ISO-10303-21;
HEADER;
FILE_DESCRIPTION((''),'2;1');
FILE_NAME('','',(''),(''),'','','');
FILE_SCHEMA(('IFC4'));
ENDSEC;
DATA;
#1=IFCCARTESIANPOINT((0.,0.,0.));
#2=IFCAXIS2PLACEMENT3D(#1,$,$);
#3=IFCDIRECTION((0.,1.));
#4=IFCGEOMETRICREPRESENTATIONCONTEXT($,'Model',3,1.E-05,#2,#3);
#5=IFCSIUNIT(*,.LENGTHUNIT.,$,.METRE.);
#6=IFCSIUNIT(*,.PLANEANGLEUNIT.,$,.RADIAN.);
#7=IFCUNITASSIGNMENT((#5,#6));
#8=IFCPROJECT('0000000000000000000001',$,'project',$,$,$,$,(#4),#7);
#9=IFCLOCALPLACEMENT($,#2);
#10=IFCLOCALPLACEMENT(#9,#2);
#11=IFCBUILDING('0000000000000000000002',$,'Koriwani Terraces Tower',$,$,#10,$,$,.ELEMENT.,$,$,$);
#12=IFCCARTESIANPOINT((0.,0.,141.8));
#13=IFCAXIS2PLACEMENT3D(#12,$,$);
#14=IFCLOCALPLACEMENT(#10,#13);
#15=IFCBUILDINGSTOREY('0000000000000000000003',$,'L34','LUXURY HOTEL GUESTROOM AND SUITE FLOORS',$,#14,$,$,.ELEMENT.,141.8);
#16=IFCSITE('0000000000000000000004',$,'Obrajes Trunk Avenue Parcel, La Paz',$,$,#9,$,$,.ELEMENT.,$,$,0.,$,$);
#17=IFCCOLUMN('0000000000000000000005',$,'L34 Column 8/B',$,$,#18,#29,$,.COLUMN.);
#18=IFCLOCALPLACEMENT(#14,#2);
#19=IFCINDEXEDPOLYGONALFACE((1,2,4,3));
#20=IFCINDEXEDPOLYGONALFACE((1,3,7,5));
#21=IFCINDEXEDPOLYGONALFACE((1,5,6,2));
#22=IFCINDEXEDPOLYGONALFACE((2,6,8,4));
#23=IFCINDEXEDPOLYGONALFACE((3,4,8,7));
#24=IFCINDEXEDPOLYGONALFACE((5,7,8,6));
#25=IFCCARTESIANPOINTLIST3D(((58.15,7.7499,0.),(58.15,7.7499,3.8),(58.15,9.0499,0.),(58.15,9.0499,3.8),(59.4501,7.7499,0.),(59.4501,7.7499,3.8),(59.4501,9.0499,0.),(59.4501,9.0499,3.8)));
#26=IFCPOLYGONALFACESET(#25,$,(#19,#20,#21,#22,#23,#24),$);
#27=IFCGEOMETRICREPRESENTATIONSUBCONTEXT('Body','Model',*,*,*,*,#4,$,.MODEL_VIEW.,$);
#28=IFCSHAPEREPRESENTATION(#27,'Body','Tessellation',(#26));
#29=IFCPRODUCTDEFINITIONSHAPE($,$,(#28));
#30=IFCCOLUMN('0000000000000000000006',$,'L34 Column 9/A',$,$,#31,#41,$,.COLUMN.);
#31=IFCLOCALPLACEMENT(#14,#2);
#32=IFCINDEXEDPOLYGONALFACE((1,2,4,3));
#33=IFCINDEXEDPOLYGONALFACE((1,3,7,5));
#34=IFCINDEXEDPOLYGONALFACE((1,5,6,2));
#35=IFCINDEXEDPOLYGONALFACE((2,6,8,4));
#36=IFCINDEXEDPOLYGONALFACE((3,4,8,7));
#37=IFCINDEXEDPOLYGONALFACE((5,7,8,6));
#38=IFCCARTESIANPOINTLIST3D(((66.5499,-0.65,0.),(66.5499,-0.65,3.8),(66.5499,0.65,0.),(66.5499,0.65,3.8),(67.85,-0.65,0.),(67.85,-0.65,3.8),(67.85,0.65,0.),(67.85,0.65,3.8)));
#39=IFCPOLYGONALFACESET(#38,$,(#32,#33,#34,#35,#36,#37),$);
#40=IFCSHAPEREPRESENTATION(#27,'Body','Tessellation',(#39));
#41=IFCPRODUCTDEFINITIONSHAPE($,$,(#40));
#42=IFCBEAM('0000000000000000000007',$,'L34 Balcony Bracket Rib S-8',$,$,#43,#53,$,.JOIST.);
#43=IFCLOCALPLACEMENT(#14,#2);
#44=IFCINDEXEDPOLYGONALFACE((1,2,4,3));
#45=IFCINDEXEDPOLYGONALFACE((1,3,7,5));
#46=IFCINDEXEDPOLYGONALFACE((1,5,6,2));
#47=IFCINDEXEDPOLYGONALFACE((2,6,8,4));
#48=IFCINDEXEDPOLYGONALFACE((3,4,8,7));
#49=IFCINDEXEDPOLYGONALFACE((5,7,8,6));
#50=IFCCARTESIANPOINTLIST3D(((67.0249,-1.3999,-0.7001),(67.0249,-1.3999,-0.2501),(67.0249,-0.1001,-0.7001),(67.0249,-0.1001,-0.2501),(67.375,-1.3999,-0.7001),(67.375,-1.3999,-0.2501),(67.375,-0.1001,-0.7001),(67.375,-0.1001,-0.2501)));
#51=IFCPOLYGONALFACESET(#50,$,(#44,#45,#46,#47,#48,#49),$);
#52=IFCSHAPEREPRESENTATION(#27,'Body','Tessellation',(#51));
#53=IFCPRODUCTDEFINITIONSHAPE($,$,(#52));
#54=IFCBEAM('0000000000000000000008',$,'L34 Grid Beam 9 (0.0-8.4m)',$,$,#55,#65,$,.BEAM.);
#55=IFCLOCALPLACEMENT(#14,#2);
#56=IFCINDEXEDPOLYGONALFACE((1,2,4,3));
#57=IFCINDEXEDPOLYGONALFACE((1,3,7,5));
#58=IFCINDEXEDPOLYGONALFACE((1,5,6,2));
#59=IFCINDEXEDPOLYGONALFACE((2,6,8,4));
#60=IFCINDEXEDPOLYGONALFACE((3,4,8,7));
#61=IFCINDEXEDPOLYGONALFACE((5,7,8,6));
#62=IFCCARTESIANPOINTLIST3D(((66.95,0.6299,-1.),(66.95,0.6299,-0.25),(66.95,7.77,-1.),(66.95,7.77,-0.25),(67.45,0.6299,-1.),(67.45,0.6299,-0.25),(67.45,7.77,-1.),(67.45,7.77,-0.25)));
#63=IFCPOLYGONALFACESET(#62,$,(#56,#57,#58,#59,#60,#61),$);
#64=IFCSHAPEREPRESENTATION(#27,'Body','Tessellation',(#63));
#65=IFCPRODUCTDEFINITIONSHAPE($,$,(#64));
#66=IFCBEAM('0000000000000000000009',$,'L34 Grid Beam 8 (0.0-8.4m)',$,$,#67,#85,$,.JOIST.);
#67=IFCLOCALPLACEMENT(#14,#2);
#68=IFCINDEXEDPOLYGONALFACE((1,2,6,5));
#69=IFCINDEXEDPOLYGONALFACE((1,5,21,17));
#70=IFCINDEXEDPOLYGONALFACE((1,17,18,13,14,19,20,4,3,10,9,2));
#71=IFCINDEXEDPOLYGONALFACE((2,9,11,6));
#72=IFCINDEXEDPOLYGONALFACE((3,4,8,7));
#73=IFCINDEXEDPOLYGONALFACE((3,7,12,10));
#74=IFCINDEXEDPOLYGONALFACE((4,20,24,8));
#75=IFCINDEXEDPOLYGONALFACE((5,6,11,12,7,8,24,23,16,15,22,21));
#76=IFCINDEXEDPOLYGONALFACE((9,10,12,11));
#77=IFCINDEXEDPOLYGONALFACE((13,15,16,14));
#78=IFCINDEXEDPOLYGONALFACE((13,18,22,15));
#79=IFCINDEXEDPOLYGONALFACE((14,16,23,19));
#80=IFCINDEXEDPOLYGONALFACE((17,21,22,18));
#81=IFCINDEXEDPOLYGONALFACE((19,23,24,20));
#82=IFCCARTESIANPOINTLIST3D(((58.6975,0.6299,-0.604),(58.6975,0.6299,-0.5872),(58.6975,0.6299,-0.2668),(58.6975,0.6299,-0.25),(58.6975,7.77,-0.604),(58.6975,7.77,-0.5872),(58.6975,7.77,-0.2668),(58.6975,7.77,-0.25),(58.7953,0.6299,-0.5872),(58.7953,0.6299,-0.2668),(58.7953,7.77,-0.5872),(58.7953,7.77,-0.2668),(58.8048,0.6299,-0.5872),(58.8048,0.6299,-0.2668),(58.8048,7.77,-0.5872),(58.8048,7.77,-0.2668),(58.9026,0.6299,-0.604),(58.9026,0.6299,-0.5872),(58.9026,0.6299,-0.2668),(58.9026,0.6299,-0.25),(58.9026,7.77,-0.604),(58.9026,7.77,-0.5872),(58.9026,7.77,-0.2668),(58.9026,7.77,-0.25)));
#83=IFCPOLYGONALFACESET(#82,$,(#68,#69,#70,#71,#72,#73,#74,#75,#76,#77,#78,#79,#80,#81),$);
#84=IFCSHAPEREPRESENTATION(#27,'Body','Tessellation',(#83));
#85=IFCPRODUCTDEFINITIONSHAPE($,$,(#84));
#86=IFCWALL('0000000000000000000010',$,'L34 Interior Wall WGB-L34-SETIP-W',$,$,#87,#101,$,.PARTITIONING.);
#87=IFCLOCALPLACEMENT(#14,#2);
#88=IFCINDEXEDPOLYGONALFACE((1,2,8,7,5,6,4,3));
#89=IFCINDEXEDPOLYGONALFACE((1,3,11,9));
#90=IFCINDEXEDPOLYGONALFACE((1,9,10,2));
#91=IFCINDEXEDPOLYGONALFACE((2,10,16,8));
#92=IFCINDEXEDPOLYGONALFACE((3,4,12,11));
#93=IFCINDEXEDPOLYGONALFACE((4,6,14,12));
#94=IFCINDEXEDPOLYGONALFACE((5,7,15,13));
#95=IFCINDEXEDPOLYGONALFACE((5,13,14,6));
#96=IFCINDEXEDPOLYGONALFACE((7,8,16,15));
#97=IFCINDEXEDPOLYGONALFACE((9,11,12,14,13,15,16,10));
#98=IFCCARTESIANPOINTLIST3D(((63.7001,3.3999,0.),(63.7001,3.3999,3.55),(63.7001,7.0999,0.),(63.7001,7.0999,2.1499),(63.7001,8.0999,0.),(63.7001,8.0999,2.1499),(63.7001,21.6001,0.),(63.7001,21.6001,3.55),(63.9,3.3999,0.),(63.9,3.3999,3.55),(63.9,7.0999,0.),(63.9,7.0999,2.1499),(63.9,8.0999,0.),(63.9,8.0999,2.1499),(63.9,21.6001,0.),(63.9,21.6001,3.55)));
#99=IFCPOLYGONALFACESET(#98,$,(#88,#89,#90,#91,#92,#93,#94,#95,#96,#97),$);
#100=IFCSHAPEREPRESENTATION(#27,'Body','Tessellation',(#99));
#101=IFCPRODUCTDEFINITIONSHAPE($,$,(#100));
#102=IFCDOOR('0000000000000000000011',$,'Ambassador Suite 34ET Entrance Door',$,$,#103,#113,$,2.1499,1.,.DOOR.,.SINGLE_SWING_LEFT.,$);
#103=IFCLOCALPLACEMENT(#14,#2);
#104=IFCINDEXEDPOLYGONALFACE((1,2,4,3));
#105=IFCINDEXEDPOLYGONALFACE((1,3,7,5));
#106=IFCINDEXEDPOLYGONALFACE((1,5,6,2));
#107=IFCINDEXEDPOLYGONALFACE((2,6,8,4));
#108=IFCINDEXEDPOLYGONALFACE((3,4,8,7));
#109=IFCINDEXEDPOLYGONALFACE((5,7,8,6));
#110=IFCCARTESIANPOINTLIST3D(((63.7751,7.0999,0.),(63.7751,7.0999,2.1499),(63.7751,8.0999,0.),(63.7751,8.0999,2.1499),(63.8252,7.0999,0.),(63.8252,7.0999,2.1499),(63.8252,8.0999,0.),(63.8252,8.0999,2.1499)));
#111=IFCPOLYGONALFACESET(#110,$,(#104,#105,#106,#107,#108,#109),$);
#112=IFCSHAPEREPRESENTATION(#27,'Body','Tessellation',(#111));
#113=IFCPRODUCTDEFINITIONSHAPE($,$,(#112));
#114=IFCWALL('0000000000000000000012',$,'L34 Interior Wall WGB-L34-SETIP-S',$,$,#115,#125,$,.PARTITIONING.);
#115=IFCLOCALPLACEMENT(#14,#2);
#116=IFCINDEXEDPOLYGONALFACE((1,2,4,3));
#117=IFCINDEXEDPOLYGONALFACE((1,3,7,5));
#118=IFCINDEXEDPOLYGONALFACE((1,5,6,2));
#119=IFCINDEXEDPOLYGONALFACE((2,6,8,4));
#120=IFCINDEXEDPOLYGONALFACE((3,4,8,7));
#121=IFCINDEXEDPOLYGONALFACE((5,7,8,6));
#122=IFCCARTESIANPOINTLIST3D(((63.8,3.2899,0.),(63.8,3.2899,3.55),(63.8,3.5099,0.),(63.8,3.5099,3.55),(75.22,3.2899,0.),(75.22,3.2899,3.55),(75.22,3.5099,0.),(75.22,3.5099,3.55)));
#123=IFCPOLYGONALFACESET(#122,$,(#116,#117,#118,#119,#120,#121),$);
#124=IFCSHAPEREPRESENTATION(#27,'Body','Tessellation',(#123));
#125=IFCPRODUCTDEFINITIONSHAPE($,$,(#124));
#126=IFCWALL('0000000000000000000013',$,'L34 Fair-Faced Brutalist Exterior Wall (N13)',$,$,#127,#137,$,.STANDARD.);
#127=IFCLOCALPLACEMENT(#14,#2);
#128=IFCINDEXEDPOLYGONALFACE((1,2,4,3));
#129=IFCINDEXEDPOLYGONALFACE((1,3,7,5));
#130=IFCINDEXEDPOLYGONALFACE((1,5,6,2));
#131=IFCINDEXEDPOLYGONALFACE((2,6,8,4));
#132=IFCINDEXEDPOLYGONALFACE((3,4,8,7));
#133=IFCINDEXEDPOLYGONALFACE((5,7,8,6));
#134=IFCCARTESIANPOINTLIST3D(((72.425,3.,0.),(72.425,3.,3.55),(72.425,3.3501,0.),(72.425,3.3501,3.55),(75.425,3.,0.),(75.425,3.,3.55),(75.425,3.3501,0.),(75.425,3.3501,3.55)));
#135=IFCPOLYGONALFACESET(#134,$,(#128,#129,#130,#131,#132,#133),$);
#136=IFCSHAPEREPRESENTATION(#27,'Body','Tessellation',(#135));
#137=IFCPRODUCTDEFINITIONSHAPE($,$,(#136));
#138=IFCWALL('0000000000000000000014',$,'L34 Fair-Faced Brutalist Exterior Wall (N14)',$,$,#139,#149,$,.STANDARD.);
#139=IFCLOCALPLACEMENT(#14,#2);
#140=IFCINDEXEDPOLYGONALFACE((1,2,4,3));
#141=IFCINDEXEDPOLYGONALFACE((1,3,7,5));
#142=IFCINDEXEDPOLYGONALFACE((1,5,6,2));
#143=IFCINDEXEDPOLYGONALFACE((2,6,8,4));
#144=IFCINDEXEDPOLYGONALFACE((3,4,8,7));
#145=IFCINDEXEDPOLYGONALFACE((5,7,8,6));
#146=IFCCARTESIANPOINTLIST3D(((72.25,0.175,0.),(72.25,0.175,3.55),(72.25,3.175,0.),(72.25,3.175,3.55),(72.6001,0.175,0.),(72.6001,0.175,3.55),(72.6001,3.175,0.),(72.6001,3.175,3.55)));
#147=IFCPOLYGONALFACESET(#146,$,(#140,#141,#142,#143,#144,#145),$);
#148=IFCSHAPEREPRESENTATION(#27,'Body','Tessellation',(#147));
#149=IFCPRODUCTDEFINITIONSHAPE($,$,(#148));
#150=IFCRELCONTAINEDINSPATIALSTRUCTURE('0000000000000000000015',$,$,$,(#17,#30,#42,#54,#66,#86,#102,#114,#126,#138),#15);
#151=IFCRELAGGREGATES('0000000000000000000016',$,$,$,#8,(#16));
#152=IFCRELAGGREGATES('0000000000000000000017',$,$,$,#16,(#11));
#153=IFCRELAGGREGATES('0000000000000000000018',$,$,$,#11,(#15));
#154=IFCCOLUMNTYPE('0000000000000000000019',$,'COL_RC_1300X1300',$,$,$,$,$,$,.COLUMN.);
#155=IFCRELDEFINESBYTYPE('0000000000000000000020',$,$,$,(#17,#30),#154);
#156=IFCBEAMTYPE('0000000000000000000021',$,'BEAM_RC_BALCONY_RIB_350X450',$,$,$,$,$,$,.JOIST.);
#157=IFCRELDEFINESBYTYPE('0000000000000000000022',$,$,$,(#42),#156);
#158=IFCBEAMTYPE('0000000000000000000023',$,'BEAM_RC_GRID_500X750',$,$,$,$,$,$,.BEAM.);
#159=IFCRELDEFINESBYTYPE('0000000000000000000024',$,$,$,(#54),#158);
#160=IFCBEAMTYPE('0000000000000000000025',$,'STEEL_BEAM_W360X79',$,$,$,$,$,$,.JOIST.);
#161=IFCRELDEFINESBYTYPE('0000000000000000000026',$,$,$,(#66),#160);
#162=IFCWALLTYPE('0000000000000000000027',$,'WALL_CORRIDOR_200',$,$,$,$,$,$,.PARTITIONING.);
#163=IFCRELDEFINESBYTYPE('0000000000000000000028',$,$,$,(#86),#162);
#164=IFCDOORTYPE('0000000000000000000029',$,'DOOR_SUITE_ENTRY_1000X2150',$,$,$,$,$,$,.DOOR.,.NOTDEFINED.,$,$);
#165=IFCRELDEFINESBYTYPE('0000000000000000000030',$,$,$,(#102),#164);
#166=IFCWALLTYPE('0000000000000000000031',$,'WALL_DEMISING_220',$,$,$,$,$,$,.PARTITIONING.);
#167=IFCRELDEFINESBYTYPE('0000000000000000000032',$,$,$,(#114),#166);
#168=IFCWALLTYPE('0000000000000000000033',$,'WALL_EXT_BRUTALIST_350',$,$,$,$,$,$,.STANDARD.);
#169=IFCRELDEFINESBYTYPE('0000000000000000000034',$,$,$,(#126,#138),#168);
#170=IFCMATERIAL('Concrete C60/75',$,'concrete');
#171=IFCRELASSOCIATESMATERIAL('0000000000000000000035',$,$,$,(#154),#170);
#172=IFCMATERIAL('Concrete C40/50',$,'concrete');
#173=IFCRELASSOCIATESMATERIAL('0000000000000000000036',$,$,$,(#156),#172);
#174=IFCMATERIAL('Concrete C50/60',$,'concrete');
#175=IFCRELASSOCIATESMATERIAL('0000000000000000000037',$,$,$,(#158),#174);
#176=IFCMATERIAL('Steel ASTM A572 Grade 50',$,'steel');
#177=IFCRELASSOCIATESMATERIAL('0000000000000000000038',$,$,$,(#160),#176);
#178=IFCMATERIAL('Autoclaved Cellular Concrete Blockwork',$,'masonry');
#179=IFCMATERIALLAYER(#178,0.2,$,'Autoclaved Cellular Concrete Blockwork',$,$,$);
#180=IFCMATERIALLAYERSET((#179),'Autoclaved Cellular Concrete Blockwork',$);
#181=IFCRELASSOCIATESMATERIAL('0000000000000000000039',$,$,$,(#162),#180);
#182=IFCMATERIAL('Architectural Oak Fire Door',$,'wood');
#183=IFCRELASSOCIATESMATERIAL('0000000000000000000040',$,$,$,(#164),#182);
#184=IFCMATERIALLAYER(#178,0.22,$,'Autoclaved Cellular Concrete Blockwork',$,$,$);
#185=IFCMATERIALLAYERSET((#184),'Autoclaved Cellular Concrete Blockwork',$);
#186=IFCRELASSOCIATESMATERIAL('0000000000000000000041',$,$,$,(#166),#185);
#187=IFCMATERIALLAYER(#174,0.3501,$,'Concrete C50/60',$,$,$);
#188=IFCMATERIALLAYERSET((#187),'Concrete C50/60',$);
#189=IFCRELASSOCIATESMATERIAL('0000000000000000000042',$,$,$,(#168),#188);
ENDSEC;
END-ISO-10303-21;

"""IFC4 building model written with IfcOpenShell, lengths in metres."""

from ifc_helpers import new_model, si_unit, direction, frame, frame_2d, origin, origin_2d, place, context, subcontext, project, spatial, rectangle, i_section, extrude, material, layer, layer_set, material_profile, profile_set, type_object, element, fill, save


model = new_model("IFC4")

# Units and contexts
model_context = context("Model", 3, precision=1e-05, world=origin(), true_north=direction((0.0, 1.0)))
body_context = subcontext(model_context, "Body", "Model", "MODEL_VIEW")
ifc_project = project(units=[si_unit("LENGTHUNIT", "METRE"), si_unit("PLANEANGLEUNIT", "RADIAN")], contexts=[model_context])

# Site, building, storey
site_placement = place(None, origin())
site = spatial("IfcSite", under=ifc_project, at=site_placement, Name="Obrajes Trunk Avenue Parcel, La Paz", CompositionType="ELEMENT", RefElevation=0.0)
building_placement = place(site_placement, origin())
building = spatial("IfcBuilding", under=site, at=building_placement, Name="Koriwani Terraces Tower", CompositionType="ELEMENT")
storey_placement = place(building_placement, frame((0.0, 0.0, 141.8)))
storey = spatial("IfcBuildingStorey", under=building, at=storey_placement, Name="L34", Description="LUXURY HOTEL GUESTROOM AND SUITE FLOORS", CompositionType="ELEMENT", Elevation=141.8)

# Columns
ifc_material_1 = material(Name="Concrete C60/75", Category="concrete")
ifc_material_profile_1 = material_profile(ifc_material_1, rectangle(XDim=1.3, YDim=1.3, at=origin_2d()), Name="Concrete C60/75", Category="LoadBearing")
ifc_profile_set_1 = profile_set([ifc_material_profile_1], Name="Concrete C60/75")
column_type = type_object("IfcColumnType", Name="COL_RC_1300X1300", PredefinedType="COLUMN", material=ifc_profile_set_1)
for number, where, z_axis, x_axis, name in (
    (1, (58.8, 8.3999, 0.0), (0.0, 0.0, 1.0), (1.0, 0.0, 0.0), "L34 Column 8/B"),
    (2, (67.2, 0.0, 0.0), (0.0, 0.0, 1.0), (1.0, 0.0, 0.0), "L34 Column 9/A"),
):
    element("IfcColumn", number, at=place(storey_placement, frame(where, z_axis=z_axis, x_axis=x_axis)), inside=storey, type_object=column_type, Name=name, PredefinedType="COLUMN", context=body_context, shape_type="SweptSolid", body=[
        extrude(rectangle(XDim=1.3, YDim=1.3, at=origin_2d()), origin(), (0.0, 0.0, 1.0), 3.8),
    ])

# Beams
ifc_material_2 = material(Name="Concrete C40/50", Category="concrete")
ifc_material_profile_2 = material_profile(ifc_material_2, rectangle(XDim=0.3501, YDim=0.45, at=origin_2d()), Name="Concrete C40/50", Category="LoadBearing")
ifc_profile_set_2 = profile_set([ifc_material_profile_2], Name="Concrete C40/50")
beam_type_1 = type_object("IfcBeamType", Name="BEAM_RC_BALCONY_RIB_350X450", PredefinedType="JOIST", material=ifc_profile_set_2)
beam_1_placement = place(storey_placement, frame((67.2, -1.3999, -0.4751), z_axis=(0.0, 1.0, 0.0), x_axis=(-1.0, 0.0, 0.0)))
element("IfcBeam", 3, at=beam_1_placement, inside=storey, type_object=beam_type_1, Name="L34 Balcony Bracket Rib S-8", PredefinedType="JOIST", context=body_context, shape_type="SweptSolid", body=[
    extrude(rectangle(XDim=0.3501, YDim=0.45, at=origin_2d()), origin(), (0.0, 0.0, 1.0), 1.2998),
])
ifc_material_3 = material(Name="Concrete C50/60", Category="concrete")
ifc_material_profile_3 = material_profile(ifc_material_3, rectangle(XDim=0.5, YDim=0.75, at=origin_2d()), Name="Concrete C50/60", Category="LoadBearing")
ifc_profile_set_3 = profile_set([ifc_material_profile_3], Name="Concrete C50/60")
beam_type_2 = type_object("IfcBeamType", Name="BEAM_RC_GRID_500X750", PredefinedType="BEAM", material=ifc_profile_set_3)
beam_2_placement = place(storey_placement, frame((67.2, 0.6299, -0.625), z_axis=(0.0, 1.0, 0.0), x_axis=(-1.0, 0.0, 0.0)))
element("IfcBeam", 4, at=beam_2_placement, inside=storey, type_object=beam_type_2, Name="L34 Grid Beam 9 (0.0-8.4m)", PredefinedType="BEAM", context=body_context, shape_type="SweptSolid", body=[
    extrude(rectangle(XDim=0.5, YDim=0.75, at=origin_2d()), origin(), (0.0, 0.0, 1.0), 7.1401),
])
ifc_material_4 = material(Name="Steel ASTM A572 Grade 50", Category="steel")
ifc_material_profile_4 = material_profile(ifc_material_4, i_section(OverallWidth=0.2051, OverallDepth=0.354, WebThickness=0.0095, FlangeThickness=0.0168, at=origin_2d()), Name="Steel ASTM A572 Grade 50", Category="LoadBearing")
ifc_profile_set_4 = profile_set([ifc_material_profile_4], Name="Steel ASTM A572 Grade 50")
beam_type_3 = type_object("IfcBeamType", Name="STEEL_BEAM_W360X79", PredefinedType="JOIST", material=ifc_profile_set_4)
beam_3_placement = place(storey_placement, frame((58.8, 0.6299, -0.427), z_axis=(0.0, 1.0, 0.0), x_axis=(-1.0, 0.0, 0.0)))
element("IfcBeam", 5, at=beam_3_placement, inside=storey, type_object=beam_type_3, Name="L34 Grid Beam 8 (0.0-8.4m)", PredefinedType="JOIST", context=body_context, shape_type="SweptSolid", body=[
    extrude(i_section(OverallWidth=0.2051, OverallDepth=0.354, WebThickness=0.0095, FlangeThickness=0.0168, at=origin_2d()), origin(), (0.0, 0.0, 1.0), 7.1401),
])

# Wall, opening, door
ifc_material_5 = material(Name="Autoclaved Cellular Concrete Blockwork", Category="masonry")
ifc_layer_1 = layer(ifc_material_5, 0.2, Name="Autoclaved Cellular Concrete Blockwork")
ifc_layer_set_1 = layer_set([ifc_layer_1], Name="Autoclaved Cellular Concrete Blockwork")
wall_type_1 = type_object("IfcWallType", Name="WALL_CORRIDOR_200", PredefinedType="PARTITIONING", material=ifc_layer_set_1)
wall_1_placement = place(storey_placement, frame((63.8, 3.3999, 0.0), z_axis=(0.0, 0.0, 1.0), x_axis=(0.0, 1.0, 0.0)))
wall_1 = element("IfcWall", 6, at=wall_1_placement, inside=storey, type_object=wall_type_1, Name="L34 Interior Wall WGB-L34-SETIP-W", PredefinedType="PARTITIONING", context=body_context, shape_type="SweptSolid", body=[
    extrude(rectangle(XDim=18.2002, YDim=0.2, at=frame_2d((9.1001, 0.0))), origin(), (0.0, 0.0, 1.0), 3.55),
])
opening_1_placement = place(wall_1_placement, frame((3.7, 0.0, 0.0)))
opening_1 = element("IfcOpeningElement", 7, at=opening_1_placement, cuts=wall_1, PredefinedType="OPENING", context=body_context, shape_type="SweptSolid", body=[
    extrude(rectangle(XDim=1.0, YDim=2.1499, at=frame_2d((0.5, 1.075))), frame((0.0, 0.1099, 0.0), z_axis=(0.0, -1.0, 0.0), x_axis=(1.0, 0.0, 0.0)), (0.0, 0.0, 1.0), 0.22),
])
ifc_material_6 = material(Name="Architectural Oak Fire Door", Category="wood")
door_type_1 = type_object("IfcDoorType", Name="DOOR_SUITE_ENTRY_1000X2150", OperationType="NOTDEFINED", PredefinedType="DOOR", material=ifc_material_6)
door_1_placement = place(opening_1_placement, origin())
door_1 = element("IfcDoor", 8, at=door_1_placement, inside=storey, type_object=door_type_1, Name="Ambassador Suite 34ET Entrance Door", OperationType="SINGLE_SWING_LEFT", OverallHeight=2.1499, OverallWidth=1.0, PredefinedType="DOOR", context=body_context, shape_type="SweptSolid", body=[
    extrude(rectangle(XDim=1.0, YDim=2.1499, at=frame_2d((0.5, 1.075))), frame((0.0, 0.0249, 0.0), z_axis=(0.0, -1.0, 0.0), x_axis=(1.0, 0.0, 0.0)), (0.0, 0.0, 1.0), 0.05),
])
fill(opening_1, door_1)

# Walls
ifc_layer_2 = layer(ifc_material_5, 0.22, Name="Autoclaved Cellular Concrete Blockwork")
ifc_layer_set_2 = layer_set([ifc_layer_2], Name="Autoclaved Cellular Concrete Blockwork")
wall_type_2 = type_object("IfcWallType", Name="WALL_DEMISING_220", PredefinedType="PARTITIONING", material=ifc_layer_set_2)
wall_2_placement = place(storey_placement, frame((63.8, 3.3999, 0.0), z_axis=(0.0, 0.0, 1.0), x_axis=(1.0, 0.0, 0.0)))
element("IfcWall", 9, at=wall_2_placement, inside=storey, type_object=wall_type_2, Name="L34 Interior Wall WGB-L34-SETIP-S", PredefinedType="PARTITIONING", context=body_context, shape_type="SweptSolid", body=[
    extrude(rectangle(XDim=11.4199, YDim=0.22, at=frame_2d((5.71, 0.0))), origin(), (0.0, 0.0, 1.0), 3.55),
])
ifc_layer_3 = layer(ifc_material_3, 0.3501, Name="Concrete C50/60")
ifc_layer_set_3 = layer_set([ifc_layer_3], Name="Concrete C50/60")
wall_type_3 = type_object("IfcWallType", Name="WALL_EXT_BRUTALIST_350", PredefinedType="STANDARD", material=ifc_layer_set_3)
for number, where, z_axis, x_axis, name in (
    (10, (75.425, 3.175, 0.0), (0.0, 0.0, 1.0), (-1.0, 0.0, 0.0), "L34 Fair-Faced Brutalist Exterior Wall (N13)"),
    (11, (72.425, 3.175, 0.0), (0.0, 0.0, 1.0), (0.0, -1.0, 0.0), "L34 Fair-Faced Brutalist Exterior Wall (N14)"),
):
    element("IfcWall", number, at=place(storey_placement, frame(where, z_axis=z_axis, x_axis=x_axis)), inside=storey, type_object=wall_type_3, Name=name, PredefinedType="STANDARD", context=body_context, shape_type="SweptSolid", body=[
        extrude(rectangle(XDim=3.0, YDim=0.3501, at=frame_2d((1.5, 0.0))), origin(), (0.0, 0.0, 1.0), 3.55),
    ])

save(model, "model.ifc")
